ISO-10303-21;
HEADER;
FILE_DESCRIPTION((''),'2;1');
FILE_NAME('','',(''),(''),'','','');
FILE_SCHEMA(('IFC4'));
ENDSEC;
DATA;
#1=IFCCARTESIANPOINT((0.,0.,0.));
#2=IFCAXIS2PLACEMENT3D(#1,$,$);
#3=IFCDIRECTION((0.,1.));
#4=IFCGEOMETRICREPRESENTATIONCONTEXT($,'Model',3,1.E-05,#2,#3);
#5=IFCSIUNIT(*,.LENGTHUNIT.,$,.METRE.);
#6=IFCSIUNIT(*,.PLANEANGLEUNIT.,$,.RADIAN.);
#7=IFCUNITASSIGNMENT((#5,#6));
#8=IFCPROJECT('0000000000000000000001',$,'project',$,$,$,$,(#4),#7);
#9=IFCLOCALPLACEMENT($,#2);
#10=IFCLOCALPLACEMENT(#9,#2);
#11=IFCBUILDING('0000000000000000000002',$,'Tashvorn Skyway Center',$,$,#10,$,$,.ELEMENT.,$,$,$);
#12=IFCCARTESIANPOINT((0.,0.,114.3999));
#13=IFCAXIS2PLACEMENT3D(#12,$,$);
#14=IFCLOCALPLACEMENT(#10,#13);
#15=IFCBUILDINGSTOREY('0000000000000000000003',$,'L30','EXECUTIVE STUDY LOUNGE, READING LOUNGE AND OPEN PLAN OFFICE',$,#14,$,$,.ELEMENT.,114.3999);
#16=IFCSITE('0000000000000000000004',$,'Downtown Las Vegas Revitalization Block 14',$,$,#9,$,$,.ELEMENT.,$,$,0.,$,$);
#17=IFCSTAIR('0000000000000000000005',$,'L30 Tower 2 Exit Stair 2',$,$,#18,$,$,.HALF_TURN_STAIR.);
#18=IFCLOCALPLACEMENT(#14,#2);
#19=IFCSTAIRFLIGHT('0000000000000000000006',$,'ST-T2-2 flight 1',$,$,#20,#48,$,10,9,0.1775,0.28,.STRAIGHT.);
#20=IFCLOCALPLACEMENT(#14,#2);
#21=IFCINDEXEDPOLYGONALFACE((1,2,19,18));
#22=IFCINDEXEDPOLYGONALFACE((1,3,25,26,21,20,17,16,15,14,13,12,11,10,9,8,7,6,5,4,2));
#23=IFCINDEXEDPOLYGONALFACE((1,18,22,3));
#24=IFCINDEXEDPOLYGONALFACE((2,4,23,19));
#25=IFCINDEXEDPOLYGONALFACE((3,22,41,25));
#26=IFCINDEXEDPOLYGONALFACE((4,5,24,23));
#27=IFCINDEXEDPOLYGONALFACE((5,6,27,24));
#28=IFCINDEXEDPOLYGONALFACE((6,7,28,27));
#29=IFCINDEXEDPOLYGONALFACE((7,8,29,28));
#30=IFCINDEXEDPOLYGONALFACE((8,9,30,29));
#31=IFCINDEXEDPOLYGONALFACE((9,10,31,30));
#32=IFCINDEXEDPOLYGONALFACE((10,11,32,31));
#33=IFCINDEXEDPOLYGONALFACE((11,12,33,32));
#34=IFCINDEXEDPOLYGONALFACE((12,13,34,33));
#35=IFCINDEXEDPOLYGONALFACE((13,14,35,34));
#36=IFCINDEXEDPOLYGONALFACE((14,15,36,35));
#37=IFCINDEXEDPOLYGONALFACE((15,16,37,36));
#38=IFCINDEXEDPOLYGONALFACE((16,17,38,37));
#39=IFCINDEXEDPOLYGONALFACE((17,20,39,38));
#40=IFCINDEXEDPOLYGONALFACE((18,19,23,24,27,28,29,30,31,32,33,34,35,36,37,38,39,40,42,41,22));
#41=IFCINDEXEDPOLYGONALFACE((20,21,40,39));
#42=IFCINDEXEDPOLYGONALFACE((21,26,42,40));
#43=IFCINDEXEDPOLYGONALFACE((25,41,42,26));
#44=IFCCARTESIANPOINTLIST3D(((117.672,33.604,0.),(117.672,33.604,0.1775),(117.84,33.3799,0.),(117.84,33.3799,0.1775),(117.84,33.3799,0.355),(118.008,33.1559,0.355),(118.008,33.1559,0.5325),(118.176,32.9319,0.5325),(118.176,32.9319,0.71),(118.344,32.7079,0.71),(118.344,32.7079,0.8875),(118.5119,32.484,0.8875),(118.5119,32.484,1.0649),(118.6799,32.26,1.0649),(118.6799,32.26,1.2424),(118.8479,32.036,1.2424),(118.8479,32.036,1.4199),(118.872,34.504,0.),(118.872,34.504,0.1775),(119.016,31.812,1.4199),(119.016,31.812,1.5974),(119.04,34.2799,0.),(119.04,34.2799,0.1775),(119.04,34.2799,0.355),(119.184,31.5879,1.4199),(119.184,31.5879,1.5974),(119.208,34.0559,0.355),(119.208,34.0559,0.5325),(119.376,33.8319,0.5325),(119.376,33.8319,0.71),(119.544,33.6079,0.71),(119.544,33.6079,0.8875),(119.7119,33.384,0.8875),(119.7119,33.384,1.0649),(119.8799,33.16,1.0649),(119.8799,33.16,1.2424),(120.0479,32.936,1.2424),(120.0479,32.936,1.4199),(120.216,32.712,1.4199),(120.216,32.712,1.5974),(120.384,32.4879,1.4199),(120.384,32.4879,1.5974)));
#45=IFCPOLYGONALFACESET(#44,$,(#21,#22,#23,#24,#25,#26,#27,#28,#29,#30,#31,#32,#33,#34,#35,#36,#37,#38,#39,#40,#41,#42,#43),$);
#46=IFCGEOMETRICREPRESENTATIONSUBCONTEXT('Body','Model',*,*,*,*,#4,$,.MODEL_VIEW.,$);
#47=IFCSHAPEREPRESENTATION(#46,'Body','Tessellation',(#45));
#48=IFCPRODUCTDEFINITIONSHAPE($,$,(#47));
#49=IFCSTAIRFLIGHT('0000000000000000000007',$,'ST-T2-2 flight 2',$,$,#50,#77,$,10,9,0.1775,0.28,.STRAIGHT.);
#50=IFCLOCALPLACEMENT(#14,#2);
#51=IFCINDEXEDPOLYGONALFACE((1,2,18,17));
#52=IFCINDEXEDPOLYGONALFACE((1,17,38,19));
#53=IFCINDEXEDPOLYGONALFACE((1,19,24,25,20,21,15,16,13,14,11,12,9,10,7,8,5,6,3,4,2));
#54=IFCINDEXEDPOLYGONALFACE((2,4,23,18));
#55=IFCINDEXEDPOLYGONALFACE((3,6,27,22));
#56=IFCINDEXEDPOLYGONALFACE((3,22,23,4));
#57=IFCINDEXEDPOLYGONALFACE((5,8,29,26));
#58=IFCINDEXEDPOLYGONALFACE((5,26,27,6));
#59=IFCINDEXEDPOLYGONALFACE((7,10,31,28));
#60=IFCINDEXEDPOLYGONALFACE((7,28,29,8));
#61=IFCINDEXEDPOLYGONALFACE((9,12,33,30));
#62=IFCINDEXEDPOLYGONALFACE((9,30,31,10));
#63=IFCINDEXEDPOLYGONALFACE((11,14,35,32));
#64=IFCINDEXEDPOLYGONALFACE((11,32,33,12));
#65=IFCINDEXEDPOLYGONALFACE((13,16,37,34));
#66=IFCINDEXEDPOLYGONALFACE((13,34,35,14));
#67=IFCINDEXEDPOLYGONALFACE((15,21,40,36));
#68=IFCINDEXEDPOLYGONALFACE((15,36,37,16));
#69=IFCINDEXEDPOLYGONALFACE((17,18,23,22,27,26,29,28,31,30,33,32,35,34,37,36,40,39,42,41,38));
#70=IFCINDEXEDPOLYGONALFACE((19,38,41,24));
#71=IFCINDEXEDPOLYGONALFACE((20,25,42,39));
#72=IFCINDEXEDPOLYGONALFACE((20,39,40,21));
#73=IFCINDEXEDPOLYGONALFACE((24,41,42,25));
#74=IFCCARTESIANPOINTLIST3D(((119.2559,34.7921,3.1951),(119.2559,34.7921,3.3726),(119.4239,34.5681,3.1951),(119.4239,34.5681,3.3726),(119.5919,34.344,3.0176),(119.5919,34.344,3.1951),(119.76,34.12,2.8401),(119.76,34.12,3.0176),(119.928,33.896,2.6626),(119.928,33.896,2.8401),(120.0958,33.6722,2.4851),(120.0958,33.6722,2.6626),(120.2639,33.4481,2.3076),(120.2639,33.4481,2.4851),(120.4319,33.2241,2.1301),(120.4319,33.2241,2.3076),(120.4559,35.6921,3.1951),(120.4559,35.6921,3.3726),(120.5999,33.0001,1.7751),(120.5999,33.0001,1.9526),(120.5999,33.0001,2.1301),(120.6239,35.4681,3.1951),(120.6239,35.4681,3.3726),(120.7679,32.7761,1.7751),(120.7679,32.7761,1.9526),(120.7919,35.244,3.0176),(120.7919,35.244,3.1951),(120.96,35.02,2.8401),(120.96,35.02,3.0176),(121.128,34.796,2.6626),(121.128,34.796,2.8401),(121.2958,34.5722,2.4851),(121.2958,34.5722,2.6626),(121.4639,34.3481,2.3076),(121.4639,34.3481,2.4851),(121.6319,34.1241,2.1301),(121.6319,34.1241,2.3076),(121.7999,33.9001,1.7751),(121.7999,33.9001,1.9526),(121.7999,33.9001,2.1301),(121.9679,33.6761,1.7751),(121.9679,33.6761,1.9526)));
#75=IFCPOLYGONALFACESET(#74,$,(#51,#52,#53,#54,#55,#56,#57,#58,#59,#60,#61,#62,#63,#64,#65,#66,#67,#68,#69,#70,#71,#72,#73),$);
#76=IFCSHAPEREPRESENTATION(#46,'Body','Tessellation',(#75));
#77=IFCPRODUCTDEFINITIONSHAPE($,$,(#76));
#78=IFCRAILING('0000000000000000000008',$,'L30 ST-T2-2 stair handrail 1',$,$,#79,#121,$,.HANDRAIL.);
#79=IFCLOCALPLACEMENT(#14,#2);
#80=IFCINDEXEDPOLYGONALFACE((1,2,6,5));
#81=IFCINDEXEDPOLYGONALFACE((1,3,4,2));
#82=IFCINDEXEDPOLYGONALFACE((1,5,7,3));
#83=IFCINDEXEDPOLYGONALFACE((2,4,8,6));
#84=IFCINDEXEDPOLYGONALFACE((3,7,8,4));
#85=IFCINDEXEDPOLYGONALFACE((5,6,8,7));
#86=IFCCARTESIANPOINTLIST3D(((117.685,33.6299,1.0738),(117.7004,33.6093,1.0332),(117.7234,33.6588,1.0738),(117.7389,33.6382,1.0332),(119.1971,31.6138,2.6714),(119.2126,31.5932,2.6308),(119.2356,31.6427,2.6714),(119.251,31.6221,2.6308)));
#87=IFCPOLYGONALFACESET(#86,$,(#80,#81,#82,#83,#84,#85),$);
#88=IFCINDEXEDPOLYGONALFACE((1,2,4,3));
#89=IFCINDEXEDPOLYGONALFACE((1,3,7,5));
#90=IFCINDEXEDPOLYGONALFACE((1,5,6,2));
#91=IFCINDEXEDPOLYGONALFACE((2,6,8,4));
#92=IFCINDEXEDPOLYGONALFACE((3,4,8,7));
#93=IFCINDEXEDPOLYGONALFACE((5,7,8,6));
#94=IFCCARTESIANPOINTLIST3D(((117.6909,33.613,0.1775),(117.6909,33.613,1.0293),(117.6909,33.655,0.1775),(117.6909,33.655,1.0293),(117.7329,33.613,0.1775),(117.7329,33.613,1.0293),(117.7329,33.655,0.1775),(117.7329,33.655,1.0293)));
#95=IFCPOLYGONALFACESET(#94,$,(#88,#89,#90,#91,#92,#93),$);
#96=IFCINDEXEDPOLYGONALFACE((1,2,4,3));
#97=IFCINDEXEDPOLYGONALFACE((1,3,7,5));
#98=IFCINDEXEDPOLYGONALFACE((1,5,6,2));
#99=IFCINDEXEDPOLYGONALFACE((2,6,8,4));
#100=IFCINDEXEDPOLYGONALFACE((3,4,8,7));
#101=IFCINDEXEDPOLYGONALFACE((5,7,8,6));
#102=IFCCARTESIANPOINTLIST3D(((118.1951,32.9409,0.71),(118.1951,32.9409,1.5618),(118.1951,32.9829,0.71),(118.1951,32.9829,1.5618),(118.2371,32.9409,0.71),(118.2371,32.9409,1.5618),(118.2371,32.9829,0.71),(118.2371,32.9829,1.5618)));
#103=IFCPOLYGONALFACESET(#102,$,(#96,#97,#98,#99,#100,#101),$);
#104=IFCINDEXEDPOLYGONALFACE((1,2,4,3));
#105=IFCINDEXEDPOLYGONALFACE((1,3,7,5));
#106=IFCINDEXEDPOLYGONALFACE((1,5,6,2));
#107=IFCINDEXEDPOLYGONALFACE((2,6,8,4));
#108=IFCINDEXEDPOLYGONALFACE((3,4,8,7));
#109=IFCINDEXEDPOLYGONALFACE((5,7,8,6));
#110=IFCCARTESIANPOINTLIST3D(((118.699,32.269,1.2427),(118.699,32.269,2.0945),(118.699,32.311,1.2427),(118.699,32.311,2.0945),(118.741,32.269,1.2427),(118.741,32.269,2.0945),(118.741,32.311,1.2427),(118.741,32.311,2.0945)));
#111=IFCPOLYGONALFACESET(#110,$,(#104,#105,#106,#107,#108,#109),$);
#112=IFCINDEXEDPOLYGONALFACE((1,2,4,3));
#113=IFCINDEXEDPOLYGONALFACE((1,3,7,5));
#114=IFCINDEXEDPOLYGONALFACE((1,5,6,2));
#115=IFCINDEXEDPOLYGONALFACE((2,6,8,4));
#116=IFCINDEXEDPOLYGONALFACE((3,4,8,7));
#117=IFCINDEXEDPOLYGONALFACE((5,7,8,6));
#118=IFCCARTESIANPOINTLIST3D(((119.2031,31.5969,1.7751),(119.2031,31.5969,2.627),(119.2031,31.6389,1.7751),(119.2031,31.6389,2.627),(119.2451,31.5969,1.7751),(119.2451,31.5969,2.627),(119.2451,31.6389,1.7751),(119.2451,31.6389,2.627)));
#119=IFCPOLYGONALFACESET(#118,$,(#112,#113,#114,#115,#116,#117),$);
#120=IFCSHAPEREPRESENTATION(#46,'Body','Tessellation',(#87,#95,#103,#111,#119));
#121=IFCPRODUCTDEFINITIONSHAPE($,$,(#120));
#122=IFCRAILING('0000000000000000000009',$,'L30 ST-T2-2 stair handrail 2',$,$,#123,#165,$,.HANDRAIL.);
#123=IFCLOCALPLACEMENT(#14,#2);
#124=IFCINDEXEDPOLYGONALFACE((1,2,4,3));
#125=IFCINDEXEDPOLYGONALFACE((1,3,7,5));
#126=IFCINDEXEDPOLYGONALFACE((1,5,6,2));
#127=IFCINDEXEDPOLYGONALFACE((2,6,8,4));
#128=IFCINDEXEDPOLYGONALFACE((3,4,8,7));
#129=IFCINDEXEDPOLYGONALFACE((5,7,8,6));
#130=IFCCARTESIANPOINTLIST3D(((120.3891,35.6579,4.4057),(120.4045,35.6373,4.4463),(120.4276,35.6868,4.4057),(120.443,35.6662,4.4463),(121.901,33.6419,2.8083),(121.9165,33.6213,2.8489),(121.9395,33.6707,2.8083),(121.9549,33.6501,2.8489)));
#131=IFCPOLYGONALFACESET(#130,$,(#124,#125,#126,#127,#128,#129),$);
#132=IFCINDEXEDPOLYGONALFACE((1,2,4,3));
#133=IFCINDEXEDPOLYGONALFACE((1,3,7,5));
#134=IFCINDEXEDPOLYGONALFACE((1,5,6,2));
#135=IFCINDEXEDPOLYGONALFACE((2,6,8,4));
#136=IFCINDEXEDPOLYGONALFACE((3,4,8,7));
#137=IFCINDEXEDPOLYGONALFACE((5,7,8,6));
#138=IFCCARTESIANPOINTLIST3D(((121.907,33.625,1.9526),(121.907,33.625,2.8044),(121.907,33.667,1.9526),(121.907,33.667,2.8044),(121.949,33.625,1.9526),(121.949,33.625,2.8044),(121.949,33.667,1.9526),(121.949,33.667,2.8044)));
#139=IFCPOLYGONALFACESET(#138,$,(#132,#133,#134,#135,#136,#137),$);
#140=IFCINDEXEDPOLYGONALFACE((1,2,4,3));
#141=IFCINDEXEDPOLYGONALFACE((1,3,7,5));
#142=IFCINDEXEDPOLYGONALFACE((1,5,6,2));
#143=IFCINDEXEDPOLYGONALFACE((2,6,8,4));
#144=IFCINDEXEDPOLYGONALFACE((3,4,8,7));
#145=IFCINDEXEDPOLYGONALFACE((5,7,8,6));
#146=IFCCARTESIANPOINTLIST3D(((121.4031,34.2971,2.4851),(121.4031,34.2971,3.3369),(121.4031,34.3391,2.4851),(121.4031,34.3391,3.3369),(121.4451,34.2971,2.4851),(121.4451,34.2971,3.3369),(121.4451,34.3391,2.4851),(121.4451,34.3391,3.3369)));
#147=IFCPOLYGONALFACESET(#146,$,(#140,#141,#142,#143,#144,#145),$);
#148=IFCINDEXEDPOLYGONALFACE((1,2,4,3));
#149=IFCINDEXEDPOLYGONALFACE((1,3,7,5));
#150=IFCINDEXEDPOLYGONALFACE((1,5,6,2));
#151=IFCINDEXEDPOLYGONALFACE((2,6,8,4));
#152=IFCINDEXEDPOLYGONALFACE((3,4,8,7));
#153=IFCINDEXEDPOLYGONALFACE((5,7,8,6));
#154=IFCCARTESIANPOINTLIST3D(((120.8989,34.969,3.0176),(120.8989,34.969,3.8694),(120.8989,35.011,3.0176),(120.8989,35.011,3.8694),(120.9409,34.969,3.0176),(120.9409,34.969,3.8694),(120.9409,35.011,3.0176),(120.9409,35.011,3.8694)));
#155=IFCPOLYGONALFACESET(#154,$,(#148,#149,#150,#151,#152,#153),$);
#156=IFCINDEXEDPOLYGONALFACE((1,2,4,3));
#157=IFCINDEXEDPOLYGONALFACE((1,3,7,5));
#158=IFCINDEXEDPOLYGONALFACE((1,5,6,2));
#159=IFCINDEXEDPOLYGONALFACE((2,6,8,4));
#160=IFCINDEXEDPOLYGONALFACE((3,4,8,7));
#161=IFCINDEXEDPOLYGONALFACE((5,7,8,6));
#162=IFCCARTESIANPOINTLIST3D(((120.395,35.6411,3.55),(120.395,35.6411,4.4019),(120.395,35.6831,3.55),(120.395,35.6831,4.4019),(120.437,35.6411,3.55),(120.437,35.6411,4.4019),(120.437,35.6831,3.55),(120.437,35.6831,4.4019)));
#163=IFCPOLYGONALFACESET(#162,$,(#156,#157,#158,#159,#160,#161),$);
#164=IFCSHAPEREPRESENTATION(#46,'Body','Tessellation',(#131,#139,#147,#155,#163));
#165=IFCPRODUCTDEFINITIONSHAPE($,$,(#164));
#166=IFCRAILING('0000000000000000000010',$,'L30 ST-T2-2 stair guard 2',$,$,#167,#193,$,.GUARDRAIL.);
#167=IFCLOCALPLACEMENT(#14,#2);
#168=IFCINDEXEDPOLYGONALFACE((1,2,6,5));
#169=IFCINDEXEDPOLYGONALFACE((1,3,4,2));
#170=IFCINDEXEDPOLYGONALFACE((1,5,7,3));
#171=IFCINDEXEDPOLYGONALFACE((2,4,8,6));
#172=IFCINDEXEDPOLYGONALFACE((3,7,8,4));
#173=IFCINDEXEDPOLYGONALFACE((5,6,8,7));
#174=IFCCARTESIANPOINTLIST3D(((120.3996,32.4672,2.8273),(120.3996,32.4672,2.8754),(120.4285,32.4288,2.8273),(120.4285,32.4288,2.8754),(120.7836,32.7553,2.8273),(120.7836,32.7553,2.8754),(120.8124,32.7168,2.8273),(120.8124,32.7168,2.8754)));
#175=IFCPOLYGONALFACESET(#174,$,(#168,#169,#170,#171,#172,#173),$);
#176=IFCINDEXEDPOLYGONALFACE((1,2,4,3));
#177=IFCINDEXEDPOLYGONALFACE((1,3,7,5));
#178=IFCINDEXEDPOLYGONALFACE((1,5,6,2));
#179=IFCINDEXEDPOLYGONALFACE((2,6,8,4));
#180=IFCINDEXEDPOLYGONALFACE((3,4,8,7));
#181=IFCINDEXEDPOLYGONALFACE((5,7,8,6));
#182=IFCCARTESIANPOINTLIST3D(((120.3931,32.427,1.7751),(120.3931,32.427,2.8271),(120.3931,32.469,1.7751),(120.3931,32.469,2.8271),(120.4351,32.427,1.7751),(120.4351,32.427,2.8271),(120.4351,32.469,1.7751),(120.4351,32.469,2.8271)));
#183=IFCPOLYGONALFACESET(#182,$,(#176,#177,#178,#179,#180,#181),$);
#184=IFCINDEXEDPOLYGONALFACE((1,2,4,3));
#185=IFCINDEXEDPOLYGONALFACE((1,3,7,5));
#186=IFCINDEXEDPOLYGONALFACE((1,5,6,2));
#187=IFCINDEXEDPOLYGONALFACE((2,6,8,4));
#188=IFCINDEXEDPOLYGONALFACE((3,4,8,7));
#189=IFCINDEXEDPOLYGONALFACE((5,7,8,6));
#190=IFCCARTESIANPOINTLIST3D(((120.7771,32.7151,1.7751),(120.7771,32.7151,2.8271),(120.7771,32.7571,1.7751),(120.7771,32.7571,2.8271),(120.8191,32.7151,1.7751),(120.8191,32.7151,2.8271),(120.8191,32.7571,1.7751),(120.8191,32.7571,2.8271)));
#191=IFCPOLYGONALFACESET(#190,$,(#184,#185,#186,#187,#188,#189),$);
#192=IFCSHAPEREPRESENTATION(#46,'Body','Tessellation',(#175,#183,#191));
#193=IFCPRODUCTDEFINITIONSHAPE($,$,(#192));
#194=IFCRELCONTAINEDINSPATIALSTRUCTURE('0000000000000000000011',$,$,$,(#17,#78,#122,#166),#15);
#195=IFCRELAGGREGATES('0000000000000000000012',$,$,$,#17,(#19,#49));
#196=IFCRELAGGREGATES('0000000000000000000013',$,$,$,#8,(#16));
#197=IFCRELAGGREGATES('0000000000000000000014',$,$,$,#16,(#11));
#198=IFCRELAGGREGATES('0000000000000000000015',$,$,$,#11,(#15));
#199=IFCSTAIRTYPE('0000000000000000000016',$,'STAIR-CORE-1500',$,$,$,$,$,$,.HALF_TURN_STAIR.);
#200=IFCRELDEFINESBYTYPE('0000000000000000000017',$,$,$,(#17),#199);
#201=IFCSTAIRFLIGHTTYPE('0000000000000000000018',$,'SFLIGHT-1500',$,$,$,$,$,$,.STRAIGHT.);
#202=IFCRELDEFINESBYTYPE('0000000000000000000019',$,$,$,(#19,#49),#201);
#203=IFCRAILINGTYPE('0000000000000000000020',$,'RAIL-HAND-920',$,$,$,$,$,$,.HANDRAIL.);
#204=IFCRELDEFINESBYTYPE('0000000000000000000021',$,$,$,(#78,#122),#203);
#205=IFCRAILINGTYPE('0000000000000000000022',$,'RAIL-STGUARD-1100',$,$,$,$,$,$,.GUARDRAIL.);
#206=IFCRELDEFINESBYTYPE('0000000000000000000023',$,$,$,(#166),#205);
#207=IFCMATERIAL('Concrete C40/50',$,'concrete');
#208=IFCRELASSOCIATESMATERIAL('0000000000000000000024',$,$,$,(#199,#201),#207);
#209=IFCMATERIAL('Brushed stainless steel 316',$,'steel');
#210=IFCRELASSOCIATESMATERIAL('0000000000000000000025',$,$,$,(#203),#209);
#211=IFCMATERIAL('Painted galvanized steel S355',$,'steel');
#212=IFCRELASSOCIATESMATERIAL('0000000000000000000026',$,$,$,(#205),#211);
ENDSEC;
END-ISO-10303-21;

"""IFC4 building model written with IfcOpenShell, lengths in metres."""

from ifc_helpers import new_model, si_unit, direction, frame, origin, origin_2d, place, context, subcontext, project, spatial, polyline, rectangle, outline, extrude, material, type_object, element, aggregate, save


model = new_model("IFC4")

# Units and contexts
model_context = context("Model", 3, precision=1e-05, world=origin(), true_north=direction((0.0, 1.0)))
body_context = subcontext(model_context, "Body", "Model", "MODEL_VIEW")
ifc_project = project(units=[si_unit("LENGTHUNIT", "METRE"), si_unit("PLANEANGLEUNIT", "RADIAN")], contexts=[model_context])

# Site, building, storey
site_placement = place(None, origin())
site = spatial("IfcSite", under=ifc_project, at=site_placement, Name="Downtown Las Vegas Revitalization Block 14", CompositionType="ELEMENT", RefElevation=0.0)
building_placement = place(site_placement, origin())
building = spatial("IfcBuilding", under=site, at=building_placement, Name="Tashvorn Skyway Center", CompositionType="ELEMENT")
storey_placement = place(building_placement, frame((0.0, 0.0, 114.3999)))
storey = spatial("IfcBuildingStorey", under=building, at=storey_placement, Name="L30", Description="EXECUTIVE STUDY LOUNGE, READING LOUNGE AND OPEN PLAN OFFICE", CompositionType="ELEMENT", Elevation=114.3999)

# Shared definitions
ifc_material_1 = material(Name="Concrete C40/50", Category="concrete")

# Stair, stair flights
stair_type = type_object("IfcStairType", Name="STAIR-CORE-1500", PredefinedType="HALF_TURN_STAIR", material=ifc_material_1)
stair_placement = place(storey_placement, origin())
stair = element("IfcStair", 1, at=stair_placement, inside=storey, type_object=stair_type, Name="L30 Tower 2 Exit Stair 2", PredefinedType="HALF_TURN_STAIR")
stair_flight_type = type_object("IfcStairFlightType", Name="SFLIGHT-1500", PredefinedType="STRAIGHT", material=ifc_material_1)
stair_flight_1_placement = place(storey_placement, frame((118.272, 34.054, 0.0), z_axis=(0.0, 0.0, 1.0), x_axis=(0.6, -0.8, 0.0)))
stair_flight_1 = element("IfcStairFlight", 2, at=stair_flight_1_placement, type_object=stair_flight_type, Name="ST-T2-2 flight 1", NumberOfRisers=10, NumberOfTreads=9, PredefinedType="STRAIGHT", RiserHeight=0.1775, TreadLength=0.28, context=body_context, shape_type="SweptSolid", body=[
    extrude(outline(polyline([(0.0, 0.0), (0.0, 0.1775), (0.28, 0.1775), (0.28, 0.355), (0.5601, 0.355), (0.5601, 0.5325), (0.8401, 0.5325), (0.8401, 0.71), (1.1201, 0.71), (1.1201, 0.8875), (1.3999, 0.8875), (1.3999, 1.0649), (1.6799, 1.0649), (1.6799, 1.2424), (1.96, 1.2424), (1.96, 1.4199), (2.24, 1.4199), (2.24, 1.5974), (2.52, 1.5974), (2.52, 1.7749), (2.52, 1.4199), (0.28, 0.0), (0.0, 0.0)])), frame((0.0, 0.75, 0.0), z_axis=(0.0, -1.0, 0.0), x_axis=(1.0, 0.0, 0.0)), (0.0, 0.0, 1.0), 1.5),
])
stair_flight_2_placement = place(storey_placement, frame((121.3679, 33.2261, 1.7751), z_axis=(0.0, 0.0, 1.0), x_axis=(-0.6, 0.8, 0.0)))
stair_flight_2 = element("IfcStairFlight", 3, at=stair_flight_2_placement, type_object=stair_flight_type, Name="ST-T2-2 flight 2", NumberOfRisers=10, NumberOfTreads=9, PredefinedType="STRAIGHT", RiserHeight=0.1775, TreadLength=0.28, context=body_context, shape_type="SweptSolid", body=[
    extrude(outline(polyline([(0.0, 0.0), (0.0, 0.1775), (0.28, 0.1775), (0.28, 0.355), (0.5601, 0.355), (0.5601, 0.5325), (0.8401, 0.5325), (0.8401, 0.71), (1.1201, 0.71), (1.1201, 0.8875), (1.3999, 0.8875), (1.3999, 1.0649), (1.6799, 1.0649), (1.6799, 1.2424), (1.96, 1.2424), (1.96, 1.4199), (2.24, 1.4199), (2.24, 1.5974), (2.52, 1.5974), (2.52, 1.7749), (2.52, 1.4199), (0.28, 0.0), (0.0, 0.0)])), frame((0.0, 0.75, 0.0), z_axis=(0.0, -1.0, 0.0), x_axis=(1.0, 0.0, 0.0)), (0.0, 0.0, 1.0), 1.5),
])
aggregate(stair, [stair_flight_1, stair_flight_2])

# Railings
ifc_material_2 = material(Name="Brushed stainless steel 316", Category="steel")
railing_type_1 = type_object("IfcRailingType", Name="RAIL-HAND-920", PredefinedType="HANDRAIL", material=ifc_material_2)
railing_1_placement = place(storey_placement, frame((117.7119, 33.634, 0.1775)))
element("IfcRailing", 4, at=railing_1_placement, inside=storey, type_object=railing_type_1, Name="L30 ST-T2-2 stair handrail 1", PredefinedType="HANDRAIL", context=body_context, shape_type="SweptSolid", body=[
    extrude(rectangle(XDim=0.0481, YDim=0.0481, at=origin_2d()), frame((0.0, 0.0, 0.876), z_axis=(0.506779, -0.675651, 0.535416), x_axis=(0.799977, 0.600031, 0.0)), (0.0, 0.0, 1.0), 2.9839),
    extrude(rectangle(XDim=0.042, YDim=0.042, at=origin_2d()), origin(), (0.0, 0.0, 1.0), 0.8518),
    extrude(rectangle(XDim=0.042, YDim=0.042, at=origin_2d()), frame((0.5042, -0.6721, 0.5325)), (0.0, 0.0, 1.0), 0.8518),
    extrude(rectangle(XDim=0.042, YDim=0.042, at=origin_2d()), frame((1.0081, -1.344, 1.0652)), (0.0, 0.0, 1.0), 0.8518),
    extrude(rectangle(XDim=0.042, YDim=0.042, at=origin_2d()), frame((1.5122, -2.0161, 1.5977)), (0.0, 0.0, 1.0), 0.8518),
])
railing_2_placement = place(storey_placement, frame((121.928, 33.646, 1.9526)))
element("IfcRailing", 5, at=railing_2_placement, inside=storey, type_object=railing_type_1, Name="L30 ST-T2-2 stair handrail 2", PredefinedType="HANDRAIL", context=body_context, shape_type="SweptSolid", body=[
    extrude(rectangle(XDim=0.0481, YDim=0.0481, at=origin_2d()), frame((0.0, 0.0, 0.876), z_axis=(-0.506741, 0.675709, 0.535379), x_axis=(-0.800023, -0.599969, 0.0)), (0.0, 0.0, 1.0), 2.9836),
    extrude(rectangle(XDim=0.042, YDim=0.042, at=origin_2d()), origin(), (0.0, 0.0, 1.0), 0.8518),
    extrude(rectangle(XDim=0.042, YDim=0.042, at=origin_2d()), frame((-0.5039, 0.6721, 0.5325)), (0.0, 0.0, 1.0), 0.8518),
    extrude(rectangle(XDim=0.042, YDim=0.042, at=origin_2d()), frame((-1.0081, 1.344, 1.0649)), (0.0, 0.0, 1.0), 0.8518),
    extrude(rectangle(XDim=0.042, YDim=0.042, at=origin_2d()), frame((-1.512, 2.0161, 1.5974)), (0.0, 0.0, 1.0), 0.8518),
])
ifc_material_3 = material(Name="Painted galvanized steel S355", Category="steel")
railing_type_2 = type_object("IfcRailingType", Name="RAIL-STGUARD-1100", PredefinedType="GUARDRAIL", material=ifc_material_3)
railing_3_placement = place(storey_placement, frame((120.4141, 32.448, 1.7751)))
element("IfcRailing", 6, at=railing_3_placement, inside=storey, type_object=railing_type_2, Name="L30 ST-T2-2 stair guard 2", PredefinedType="GUARDRAIL", context=body_context, shape_type="SweptSolid", body=[
    extrude(rectangle(XDim=0.0481, YDim=0.0481, at=origin_2d()), frame((0.0, 0.0, 1.0762), z_axis=(0.799939, 0.600081, 0.0), x_axis=(-0.600081, 0.799939, 0.0)), (0.0, 0.0, 1.0), 0.48),
    extrude(rectangle(XDim=0.042, YDim=0.042, at=origin_2d()), origin(), (0.0, 0.0, 1.0), 1.052),
    extrude(rectangle(XDim=0.042, YDim=0.042, at=origin_2d()), frame((0.384, 0.2881, 0.0)), (0.0, 0.0, 1.0), 1.052),
])

save(model, "model.ifc")
